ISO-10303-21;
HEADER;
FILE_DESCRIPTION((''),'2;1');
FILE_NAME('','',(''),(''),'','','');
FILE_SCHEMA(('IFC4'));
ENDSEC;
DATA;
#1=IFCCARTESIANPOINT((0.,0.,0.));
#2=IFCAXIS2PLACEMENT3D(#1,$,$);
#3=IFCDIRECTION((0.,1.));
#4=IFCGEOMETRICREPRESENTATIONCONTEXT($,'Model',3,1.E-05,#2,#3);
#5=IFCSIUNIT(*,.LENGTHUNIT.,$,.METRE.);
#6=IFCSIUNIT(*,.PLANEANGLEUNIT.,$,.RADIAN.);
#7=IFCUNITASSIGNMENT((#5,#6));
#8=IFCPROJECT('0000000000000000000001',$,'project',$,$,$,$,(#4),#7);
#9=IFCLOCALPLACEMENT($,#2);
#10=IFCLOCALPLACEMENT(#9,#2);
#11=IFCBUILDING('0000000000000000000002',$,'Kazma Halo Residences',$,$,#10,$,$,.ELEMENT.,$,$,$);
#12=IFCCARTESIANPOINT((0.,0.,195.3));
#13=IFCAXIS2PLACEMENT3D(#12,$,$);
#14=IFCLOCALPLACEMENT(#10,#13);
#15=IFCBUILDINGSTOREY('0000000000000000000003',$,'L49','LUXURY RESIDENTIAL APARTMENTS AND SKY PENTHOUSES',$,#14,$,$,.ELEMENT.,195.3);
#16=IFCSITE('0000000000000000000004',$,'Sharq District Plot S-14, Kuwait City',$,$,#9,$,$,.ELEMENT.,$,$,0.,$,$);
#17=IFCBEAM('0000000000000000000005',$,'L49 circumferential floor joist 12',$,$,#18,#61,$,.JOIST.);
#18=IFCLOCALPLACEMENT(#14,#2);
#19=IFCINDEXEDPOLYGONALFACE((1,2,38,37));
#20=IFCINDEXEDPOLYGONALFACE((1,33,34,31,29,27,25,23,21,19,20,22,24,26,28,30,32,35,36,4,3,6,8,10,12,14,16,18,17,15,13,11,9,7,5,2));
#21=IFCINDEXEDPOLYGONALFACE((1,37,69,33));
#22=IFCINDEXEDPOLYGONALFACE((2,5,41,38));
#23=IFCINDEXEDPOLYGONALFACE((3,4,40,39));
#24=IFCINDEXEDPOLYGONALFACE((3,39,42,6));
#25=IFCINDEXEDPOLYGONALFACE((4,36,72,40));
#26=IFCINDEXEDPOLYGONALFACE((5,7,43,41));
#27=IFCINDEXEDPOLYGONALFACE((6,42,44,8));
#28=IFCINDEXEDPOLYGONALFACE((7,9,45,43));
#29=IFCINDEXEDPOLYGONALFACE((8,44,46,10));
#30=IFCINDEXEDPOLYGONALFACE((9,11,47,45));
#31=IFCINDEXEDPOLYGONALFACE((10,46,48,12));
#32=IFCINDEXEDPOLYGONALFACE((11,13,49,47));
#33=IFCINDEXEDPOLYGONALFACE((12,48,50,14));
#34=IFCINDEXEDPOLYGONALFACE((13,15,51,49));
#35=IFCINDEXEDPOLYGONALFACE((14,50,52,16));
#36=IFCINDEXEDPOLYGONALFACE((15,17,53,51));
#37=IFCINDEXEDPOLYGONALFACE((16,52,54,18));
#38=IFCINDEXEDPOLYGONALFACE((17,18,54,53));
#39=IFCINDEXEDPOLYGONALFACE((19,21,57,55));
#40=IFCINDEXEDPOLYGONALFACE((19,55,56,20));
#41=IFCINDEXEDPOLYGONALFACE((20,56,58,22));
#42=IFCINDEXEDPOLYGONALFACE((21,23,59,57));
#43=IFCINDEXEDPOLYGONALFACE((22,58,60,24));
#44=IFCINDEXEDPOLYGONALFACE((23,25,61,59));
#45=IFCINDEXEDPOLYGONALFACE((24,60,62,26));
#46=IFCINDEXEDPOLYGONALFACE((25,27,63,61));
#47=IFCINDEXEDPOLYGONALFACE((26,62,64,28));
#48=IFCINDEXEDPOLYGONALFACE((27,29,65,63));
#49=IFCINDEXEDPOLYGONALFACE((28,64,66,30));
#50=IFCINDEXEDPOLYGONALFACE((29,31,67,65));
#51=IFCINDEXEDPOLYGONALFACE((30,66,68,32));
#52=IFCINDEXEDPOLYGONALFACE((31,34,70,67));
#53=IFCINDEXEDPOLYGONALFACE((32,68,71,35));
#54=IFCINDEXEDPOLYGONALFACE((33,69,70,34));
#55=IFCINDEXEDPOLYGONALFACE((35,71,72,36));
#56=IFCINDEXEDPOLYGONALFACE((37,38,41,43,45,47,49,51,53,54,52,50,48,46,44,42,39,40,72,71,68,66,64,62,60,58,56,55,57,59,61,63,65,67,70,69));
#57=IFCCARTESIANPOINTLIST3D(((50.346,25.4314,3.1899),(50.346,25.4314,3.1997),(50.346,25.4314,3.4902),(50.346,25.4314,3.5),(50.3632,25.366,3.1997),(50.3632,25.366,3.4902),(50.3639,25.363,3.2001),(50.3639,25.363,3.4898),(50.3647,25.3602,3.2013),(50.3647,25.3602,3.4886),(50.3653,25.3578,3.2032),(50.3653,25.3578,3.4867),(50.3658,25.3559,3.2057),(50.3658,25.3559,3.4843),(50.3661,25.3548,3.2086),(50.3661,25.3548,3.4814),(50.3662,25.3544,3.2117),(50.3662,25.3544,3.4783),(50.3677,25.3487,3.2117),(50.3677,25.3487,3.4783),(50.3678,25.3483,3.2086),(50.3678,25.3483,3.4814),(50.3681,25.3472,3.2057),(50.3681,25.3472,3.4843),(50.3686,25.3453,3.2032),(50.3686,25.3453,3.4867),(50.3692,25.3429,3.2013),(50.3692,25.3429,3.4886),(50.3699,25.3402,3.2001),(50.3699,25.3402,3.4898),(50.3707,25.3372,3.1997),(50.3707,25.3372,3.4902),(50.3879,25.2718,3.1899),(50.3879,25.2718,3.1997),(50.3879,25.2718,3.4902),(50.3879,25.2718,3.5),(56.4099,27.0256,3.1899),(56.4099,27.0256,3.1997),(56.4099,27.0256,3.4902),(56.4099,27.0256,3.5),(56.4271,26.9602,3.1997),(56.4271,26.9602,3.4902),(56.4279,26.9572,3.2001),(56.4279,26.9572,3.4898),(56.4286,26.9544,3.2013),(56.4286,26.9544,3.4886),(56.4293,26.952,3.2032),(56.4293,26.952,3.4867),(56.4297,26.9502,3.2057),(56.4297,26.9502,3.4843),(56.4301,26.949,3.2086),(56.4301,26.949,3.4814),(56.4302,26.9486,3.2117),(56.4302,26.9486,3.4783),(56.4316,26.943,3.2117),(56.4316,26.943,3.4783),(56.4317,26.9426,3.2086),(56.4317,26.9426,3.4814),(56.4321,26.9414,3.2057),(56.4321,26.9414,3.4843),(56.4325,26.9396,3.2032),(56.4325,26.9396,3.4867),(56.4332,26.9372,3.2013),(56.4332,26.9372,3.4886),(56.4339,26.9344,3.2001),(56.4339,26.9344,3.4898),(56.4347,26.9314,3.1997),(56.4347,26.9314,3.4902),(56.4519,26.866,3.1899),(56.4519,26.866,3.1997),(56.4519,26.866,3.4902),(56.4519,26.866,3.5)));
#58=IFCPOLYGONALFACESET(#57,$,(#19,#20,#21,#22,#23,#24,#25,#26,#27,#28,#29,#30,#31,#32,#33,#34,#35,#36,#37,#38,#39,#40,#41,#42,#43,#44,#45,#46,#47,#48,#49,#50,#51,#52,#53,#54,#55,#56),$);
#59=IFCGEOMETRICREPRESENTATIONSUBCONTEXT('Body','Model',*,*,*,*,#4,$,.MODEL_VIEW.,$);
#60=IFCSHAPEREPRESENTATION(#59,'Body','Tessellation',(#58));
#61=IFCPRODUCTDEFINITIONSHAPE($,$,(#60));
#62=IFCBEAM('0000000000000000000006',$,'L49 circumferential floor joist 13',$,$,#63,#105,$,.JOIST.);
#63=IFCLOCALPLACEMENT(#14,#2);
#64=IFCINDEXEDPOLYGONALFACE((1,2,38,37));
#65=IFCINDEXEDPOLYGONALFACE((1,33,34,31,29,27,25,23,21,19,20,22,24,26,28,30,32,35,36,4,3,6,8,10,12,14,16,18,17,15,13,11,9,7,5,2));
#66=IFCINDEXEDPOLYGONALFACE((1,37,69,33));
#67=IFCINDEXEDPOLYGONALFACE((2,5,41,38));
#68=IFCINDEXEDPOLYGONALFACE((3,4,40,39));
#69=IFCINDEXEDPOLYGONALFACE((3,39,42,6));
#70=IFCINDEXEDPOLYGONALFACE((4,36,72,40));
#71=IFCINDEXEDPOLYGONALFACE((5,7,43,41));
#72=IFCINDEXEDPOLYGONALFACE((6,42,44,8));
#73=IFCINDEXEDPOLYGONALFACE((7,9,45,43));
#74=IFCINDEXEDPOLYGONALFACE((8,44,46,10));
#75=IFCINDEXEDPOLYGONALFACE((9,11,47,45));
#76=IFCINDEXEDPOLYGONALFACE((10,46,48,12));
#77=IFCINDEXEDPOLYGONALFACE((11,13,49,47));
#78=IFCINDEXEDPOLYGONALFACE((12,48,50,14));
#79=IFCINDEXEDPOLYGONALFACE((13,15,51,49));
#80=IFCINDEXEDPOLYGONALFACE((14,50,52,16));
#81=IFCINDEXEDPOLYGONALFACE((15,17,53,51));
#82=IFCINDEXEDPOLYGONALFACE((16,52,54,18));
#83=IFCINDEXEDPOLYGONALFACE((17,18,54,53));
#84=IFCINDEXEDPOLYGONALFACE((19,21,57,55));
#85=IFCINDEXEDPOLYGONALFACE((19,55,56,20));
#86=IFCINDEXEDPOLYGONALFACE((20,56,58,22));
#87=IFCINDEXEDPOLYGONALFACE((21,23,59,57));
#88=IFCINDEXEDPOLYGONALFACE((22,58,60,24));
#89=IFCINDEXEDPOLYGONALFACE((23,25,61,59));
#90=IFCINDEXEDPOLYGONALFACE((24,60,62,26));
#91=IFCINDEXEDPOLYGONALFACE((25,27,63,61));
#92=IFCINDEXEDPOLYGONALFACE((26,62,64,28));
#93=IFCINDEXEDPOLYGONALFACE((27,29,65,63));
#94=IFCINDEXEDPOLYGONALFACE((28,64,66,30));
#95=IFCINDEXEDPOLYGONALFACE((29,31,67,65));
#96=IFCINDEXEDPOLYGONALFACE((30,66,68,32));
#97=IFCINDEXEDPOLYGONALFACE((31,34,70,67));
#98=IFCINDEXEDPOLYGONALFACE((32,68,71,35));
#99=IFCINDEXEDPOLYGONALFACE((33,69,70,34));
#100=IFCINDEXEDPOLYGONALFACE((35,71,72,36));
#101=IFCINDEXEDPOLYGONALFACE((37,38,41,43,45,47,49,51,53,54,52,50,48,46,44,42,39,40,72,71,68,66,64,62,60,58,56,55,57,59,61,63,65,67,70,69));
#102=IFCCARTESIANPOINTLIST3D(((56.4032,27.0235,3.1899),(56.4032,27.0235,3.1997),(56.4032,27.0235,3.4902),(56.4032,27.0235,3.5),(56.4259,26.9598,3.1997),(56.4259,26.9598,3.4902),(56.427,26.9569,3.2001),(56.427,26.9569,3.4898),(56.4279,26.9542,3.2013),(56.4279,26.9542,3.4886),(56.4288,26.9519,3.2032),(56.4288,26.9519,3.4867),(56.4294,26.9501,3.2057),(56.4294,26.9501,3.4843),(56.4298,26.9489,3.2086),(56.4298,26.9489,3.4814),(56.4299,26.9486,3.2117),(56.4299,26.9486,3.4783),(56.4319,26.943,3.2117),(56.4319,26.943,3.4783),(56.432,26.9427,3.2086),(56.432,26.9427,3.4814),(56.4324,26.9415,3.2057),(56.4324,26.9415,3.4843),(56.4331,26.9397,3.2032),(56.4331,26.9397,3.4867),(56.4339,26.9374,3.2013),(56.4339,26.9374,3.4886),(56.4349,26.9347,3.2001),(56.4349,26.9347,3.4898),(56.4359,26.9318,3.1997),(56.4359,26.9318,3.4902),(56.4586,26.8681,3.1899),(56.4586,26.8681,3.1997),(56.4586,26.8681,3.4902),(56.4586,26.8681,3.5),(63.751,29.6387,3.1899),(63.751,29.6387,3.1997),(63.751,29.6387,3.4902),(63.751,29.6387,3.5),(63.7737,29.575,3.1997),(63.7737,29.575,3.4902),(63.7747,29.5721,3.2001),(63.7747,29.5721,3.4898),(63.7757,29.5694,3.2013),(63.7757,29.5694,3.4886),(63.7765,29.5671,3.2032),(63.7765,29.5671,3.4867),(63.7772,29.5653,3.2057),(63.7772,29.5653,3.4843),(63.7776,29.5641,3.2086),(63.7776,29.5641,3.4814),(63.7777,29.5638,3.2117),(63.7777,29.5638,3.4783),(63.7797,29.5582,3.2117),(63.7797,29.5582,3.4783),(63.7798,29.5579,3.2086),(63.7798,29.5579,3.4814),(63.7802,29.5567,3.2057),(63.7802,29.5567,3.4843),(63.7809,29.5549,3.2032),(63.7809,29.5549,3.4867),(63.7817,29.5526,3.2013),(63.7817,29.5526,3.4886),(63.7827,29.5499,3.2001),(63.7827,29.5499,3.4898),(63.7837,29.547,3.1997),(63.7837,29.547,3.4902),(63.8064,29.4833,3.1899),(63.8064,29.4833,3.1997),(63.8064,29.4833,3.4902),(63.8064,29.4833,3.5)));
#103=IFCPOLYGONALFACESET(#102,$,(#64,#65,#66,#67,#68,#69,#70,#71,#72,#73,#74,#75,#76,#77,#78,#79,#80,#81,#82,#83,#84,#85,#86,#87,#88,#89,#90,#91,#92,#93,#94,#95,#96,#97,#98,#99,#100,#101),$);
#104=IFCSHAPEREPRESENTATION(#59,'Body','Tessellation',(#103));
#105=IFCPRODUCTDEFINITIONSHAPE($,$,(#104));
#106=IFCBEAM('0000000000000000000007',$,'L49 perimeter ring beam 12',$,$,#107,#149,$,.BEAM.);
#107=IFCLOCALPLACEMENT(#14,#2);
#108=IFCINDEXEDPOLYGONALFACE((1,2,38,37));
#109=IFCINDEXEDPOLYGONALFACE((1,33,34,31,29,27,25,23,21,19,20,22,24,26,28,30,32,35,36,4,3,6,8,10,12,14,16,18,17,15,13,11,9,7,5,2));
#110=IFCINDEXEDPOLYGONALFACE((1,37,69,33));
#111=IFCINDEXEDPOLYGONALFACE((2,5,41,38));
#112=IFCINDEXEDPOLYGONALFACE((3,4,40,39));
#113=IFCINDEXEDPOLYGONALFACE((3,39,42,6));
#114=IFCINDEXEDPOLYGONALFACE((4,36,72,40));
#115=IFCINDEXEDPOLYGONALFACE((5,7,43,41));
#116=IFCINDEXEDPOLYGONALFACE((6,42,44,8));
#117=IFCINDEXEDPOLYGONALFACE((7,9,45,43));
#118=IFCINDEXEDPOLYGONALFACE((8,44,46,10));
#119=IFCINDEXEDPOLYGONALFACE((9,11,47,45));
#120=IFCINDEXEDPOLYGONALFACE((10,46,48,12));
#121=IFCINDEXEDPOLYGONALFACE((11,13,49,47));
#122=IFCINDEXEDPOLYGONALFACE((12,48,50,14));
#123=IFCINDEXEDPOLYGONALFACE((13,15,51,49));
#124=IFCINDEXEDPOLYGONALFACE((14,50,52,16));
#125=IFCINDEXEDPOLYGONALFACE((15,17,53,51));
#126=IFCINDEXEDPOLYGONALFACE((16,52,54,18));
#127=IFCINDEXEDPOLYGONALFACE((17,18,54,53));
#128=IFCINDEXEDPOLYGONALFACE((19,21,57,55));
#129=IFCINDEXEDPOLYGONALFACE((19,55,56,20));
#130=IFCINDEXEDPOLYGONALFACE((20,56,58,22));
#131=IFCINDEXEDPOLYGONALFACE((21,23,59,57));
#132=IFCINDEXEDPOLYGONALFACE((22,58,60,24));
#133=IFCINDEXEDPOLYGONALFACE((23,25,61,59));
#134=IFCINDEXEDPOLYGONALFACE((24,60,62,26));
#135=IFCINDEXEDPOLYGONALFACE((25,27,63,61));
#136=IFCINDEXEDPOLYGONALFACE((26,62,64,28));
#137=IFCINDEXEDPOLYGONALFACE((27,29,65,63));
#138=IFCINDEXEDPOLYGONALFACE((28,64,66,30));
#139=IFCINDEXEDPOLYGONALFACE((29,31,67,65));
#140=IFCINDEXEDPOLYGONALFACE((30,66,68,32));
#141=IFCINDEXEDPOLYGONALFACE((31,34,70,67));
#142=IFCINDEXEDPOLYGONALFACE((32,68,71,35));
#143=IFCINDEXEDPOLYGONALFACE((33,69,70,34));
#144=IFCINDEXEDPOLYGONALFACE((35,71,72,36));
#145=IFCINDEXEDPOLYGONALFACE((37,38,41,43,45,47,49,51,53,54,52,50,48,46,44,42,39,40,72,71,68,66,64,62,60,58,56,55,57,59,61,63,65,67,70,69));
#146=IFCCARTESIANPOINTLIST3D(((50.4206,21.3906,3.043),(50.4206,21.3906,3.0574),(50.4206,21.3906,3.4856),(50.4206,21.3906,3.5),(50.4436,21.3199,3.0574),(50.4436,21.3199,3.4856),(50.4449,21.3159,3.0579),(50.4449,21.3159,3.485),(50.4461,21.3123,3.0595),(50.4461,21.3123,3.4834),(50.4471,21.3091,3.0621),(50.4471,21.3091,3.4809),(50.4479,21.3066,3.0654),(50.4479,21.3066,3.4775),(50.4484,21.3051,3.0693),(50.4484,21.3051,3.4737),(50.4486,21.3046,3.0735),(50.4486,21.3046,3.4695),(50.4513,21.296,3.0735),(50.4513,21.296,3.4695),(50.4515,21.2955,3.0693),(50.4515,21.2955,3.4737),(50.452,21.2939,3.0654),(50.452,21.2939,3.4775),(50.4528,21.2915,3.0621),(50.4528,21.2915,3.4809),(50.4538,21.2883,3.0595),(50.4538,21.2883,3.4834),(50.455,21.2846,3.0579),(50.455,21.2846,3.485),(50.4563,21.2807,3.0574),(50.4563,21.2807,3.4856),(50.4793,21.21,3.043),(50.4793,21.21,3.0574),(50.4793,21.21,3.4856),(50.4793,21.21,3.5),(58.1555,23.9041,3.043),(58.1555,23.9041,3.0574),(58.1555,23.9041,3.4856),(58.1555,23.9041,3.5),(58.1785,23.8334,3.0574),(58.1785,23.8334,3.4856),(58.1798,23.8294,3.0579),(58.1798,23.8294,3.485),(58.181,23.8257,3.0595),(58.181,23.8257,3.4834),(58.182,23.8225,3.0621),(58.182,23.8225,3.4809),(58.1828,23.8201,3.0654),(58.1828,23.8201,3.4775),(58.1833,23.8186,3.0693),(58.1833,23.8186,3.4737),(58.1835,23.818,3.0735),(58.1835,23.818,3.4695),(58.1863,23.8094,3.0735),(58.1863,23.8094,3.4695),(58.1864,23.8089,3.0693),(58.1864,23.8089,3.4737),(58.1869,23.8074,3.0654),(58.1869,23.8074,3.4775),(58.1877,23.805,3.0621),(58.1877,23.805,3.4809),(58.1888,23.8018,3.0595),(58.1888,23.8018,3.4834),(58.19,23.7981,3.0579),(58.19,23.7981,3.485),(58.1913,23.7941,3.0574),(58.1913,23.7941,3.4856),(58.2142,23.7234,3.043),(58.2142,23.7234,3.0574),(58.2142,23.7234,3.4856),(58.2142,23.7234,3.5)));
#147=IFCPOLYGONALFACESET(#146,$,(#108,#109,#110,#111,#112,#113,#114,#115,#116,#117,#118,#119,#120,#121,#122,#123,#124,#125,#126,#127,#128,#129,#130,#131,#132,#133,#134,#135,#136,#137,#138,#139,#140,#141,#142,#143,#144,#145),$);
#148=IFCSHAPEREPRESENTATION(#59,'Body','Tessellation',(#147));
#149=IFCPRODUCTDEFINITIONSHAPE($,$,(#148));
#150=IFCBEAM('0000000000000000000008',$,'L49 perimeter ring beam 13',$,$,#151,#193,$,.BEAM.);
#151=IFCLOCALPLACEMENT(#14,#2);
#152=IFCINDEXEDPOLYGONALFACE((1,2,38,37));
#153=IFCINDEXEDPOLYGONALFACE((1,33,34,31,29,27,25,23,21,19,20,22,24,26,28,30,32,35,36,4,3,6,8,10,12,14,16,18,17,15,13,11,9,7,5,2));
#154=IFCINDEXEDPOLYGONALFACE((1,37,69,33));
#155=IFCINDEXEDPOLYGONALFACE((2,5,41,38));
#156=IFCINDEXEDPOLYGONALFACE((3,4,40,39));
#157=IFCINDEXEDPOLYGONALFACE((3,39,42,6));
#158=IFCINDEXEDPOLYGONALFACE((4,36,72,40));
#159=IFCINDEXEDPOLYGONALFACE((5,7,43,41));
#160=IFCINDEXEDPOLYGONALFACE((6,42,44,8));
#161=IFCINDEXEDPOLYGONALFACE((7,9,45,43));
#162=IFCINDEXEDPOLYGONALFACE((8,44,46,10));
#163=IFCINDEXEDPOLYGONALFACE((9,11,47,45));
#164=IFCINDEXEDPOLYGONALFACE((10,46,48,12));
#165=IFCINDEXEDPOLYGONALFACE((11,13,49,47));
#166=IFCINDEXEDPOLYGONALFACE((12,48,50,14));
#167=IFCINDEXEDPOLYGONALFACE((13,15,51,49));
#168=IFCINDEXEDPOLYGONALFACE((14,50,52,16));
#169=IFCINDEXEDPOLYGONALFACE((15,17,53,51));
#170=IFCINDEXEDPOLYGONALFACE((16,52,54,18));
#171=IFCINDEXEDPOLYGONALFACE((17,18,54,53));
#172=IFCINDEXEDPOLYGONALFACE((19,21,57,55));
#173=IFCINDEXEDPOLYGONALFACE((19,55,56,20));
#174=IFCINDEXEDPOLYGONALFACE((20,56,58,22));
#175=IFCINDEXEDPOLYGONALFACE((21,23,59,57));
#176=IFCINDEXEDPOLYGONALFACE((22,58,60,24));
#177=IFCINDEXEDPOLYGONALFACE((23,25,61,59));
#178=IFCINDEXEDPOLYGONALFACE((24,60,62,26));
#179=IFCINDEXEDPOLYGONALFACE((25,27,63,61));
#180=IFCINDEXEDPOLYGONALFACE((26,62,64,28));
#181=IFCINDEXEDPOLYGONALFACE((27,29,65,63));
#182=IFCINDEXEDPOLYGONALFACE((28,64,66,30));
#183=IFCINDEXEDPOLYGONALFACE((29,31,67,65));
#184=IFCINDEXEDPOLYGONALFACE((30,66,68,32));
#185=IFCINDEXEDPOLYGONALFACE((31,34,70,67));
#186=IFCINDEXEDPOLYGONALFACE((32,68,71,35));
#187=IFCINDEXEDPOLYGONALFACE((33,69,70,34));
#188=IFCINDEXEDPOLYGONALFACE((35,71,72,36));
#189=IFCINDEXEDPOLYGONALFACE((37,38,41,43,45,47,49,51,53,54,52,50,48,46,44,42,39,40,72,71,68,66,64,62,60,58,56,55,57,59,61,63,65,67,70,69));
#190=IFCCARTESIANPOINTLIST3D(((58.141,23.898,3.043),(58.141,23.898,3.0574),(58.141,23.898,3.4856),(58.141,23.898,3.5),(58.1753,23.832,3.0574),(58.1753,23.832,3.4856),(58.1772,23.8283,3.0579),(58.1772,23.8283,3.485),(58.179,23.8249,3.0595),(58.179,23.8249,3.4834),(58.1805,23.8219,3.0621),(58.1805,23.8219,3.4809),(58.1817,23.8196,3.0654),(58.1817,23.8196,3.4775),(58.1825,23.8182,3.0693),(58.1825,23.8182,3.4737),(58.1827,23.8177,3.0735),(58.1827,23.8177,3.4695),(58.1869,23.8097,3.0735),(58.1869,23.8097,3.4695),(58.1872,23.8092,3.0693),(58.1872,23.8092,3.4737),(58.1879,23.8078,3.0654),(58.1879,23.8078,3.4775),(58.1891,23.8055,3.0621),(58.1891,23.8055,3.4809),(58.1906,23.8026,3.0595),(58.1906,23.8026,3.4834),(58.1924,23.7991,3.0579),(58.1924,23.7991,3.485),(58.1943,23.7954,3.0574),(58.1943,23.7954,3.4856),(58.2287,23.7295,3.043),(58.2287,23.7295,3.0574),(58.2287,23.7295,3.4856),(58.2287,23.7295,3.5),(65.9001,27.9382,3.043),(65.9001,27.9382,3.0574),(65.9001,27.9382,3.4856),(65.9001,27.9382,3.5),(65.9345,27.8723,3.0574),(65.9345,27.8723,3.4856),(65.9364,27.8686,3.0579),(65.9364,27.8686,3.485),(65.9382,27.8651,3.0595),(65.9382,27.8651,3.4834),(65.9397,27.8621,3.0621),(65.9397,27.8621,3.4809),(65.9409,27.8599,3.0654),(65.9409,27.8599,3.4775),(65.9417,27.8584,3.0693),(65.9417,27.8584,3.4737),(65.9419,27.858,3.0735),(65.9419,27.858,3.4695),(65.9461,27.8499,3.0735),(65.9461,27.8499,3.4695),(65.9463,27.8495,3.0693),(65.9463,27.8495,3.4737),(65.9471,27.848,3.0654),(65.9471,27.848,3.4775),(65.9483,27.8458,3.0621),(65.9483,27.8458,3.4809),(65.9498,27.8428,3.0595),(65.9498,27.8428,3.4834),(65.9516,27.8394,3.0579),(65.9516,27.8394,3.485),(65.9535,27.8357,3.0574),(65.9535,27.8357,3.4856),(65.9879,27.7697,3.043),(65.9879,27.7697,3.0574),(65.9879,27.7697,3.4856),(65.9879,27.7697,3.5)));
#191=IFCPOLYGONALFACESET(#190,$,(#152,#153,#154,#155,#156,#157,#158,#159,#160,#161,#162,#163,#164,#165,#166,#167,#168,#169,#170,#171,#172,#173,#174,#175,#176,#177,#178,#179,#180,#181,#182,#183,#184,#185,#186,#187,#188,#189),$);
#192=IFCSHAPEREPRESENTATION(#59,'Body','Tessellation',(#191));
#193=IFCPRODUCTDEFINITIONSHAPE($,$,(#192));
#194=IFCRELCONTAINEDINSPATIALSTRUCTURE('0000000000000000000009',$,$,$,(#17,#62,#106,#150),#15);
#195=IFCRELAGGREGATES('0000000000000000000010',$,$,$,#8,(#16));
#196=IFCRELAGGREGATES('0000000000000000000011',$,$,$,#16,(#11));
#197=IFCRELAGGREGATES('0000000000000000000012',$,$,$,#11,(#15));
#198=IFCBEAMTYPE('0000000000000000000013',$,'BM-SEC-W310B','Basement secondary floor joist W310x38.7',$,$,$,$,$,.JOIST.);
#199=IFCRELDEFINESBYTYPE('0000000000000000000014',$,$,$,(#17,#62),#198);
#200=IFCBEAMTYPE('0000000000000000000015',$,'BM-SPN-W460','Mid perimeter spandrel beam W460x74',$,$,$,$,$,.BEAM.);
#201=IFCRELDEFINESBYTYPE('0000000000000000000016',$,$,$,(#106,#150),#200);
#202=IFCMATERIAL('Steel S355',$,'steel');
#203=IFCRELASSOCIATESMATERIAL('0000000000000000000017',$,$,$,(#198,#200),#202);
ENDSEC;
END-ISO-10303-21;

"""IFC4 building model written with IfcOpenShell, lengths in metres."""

from ifc_helpers import new_model, si_unit, direction, frame, origin, origin_2d, place, context, subcontext, project, spatial, i_section, extrude, material, material_profile, profile_set, type_object, element, save


model = new_model("IFC4")

# Units and contexts
model_context = context("Model", 3, precision=1e-05, world=origin(), true_north=direction((0.0, 1.0)))
body_context = subcontext(model_context, "Body", "Model", "MODEL_VIEW")
ifc_project = project(units=[si_unit("LENGTHUNIT", "METRE"), si_unit("PLANEANGLEUNIT", "RADIAN")], contexts=[model_context])

# Site, building, storey
site_placement = place(None, origin())
site = spatial("IfcSite", under=ifc_project, at=site_placement, Name="Sharq District Plot S-14, Kuwait City", CompositionType="ELEMENT", RefElevation=0.0)
building_placement = place(site_placement, origin())
building = spatial("IfcBuilding", under=site, at=building_placement, Name="Kazma Halo Residences", CompositionType="ELEMENT")
storey_placement = place(building_placement, frame((0.0, 0.0, 195.3)))
storey = spatial("IfcBuildingStorey", under=building, at=storey_placement, Name="L49", Description="LUXURY RESIDENTIAL APARTMENTS AND SKY PENTHOUSES", CompositionType="ELEMENT", Elevation=195.3)

# Beams
ifc_material_1 = material(Name="Steel S355", Category="steel")
ifc_material_profile_1 = material_profile(ifc_material_1, i_section(OverallWidth=0.165, OverallDepth=0.3101, WebThickness=0.0059, FlangeThickness=0.0098, FilletRadius=0.012, at=origin_2d()), Name="W310x38.7")
ifc_profile_set_1 = profile_set([ifc_material_profile_1], Name="Steel S355")
beam_type_1 = type_object("IfcBeamType", Name="BM-SEC-W310B", Description="Basement secondary floor joist W310x38.7", PredefinedType="JOIST", material=ifc_profile_set_1)
beam_1_placement = place(storey_placement, frame((50.3669, 25.3516, 3.345), z_axis=(0.967135, 0.254263, 0.0), x_axis=(-0.254263, 0.967135, 0.0)))
element("IfcBeam", 1, at=beam_1_placement, inside=storey, type_object=beam_type_1, Name="L49 circumferential floor joist 12", PredefinedType="JOIST", context=body_context, shape_type="SweptSolid", body=[
    extrude(i_section(OverallWidth=0.165, OverallDepth=0.3101, WebThickness=0.0059, FlangeThickness=0.0098, FilletRadius=0.012, at=origin_2d()), origin(), (0.0, 0.0, 1.0), 6.27),
])
beam_2_placement = place(storey_placement, frame((56.4309, 26.9458, 3.345), z_axis=(0.942107, 0.335311, 0.0), x_axis=(-0.335311, 0.942107, 0.0)))
element("IfcBeam", 2, at=beam_2_placement, inside=storey, type_object=beam_type_1, Name="L49 circumferential floor joist 13", PredefinedType="JOIST", context=body_context, shape_type="SweptSolid", body=[
    extrude(i_section(OverallWidth=0.165, OverallDepth=0.3101, WebThickness=0.0059, FlangeThickness=0.0098, FilletRadius=0.012, at=origin_2d()), origin(), (0.0, 0.0, 1.0), 7.7993),
])
ifc_material_profile_2 = material_profile(ifc_material_1, i_section(OverallWidth=0.1899, OverallDepth=0.457, WebThickness=0.009, FlangeThickness=0.0144, FilletRadius=0.0161, at=origin_2d()), Name="W460x74")
ifc_profile_set_2 = profile_set([ifc_material_profile_2], Name="Steel S355")
beam_type_2 = type_object("IfcBeamType", Name="BM-SPN-W460", Description="Mid perimeter spandrel beam W460x74", PredefinedType="BEAM", material=ifc_profile_set_2)
beam_3_placement = place(storey_placement, frame((50.45, 21.3003, 3.2715), z_axis=(0.951049, 0.309041, 0.0), x_axis=(-0.309041, 0.951049, 0.0)))
element("IfcBeam", 3, at=beam_3_placement, inside=storey, type_object=beam_type_2, Name="L49 perimeter ring beam 12", PredefinedType="BEAM", context=body_context, shape_type="SweptSolid", body=[
    extrude(i_section(OverallWidth=0.1899, OverallDepth=0.457, WebThickness=0.009, FlangeThickness=0.0144, FilletRadius=0.0161, at=origin_2d()), origin(), (0.0, 0.0, 1.0), 8.1331),
])
beam_4_placement = place(storey_placement, frame((58.1848, 23.8137, 3.2715), z_axis=(0.886961, 0.461844, 0.0), x_axis=(-0.461844, 0.886961, 0.0)))
element("IfcBeam", 4, at=beam_4_placement, inside=storey, type_object=beam_type_2, Name="L49 perimeter ring beam 13", PredefinedType="BEAM", context=body_context, shape_type="SweptSolid", body=[
    extrude(i_section(OverallWidth=0.1899, OverallDepth=0.457, WebThickness=0.009, FlangeThickness=0.0144, FilletRadius=0.0161, at=origin_2d()), origin(), (0.0, 0.0, 1.0), 8.748),
])

save(model, "model.ifc")
